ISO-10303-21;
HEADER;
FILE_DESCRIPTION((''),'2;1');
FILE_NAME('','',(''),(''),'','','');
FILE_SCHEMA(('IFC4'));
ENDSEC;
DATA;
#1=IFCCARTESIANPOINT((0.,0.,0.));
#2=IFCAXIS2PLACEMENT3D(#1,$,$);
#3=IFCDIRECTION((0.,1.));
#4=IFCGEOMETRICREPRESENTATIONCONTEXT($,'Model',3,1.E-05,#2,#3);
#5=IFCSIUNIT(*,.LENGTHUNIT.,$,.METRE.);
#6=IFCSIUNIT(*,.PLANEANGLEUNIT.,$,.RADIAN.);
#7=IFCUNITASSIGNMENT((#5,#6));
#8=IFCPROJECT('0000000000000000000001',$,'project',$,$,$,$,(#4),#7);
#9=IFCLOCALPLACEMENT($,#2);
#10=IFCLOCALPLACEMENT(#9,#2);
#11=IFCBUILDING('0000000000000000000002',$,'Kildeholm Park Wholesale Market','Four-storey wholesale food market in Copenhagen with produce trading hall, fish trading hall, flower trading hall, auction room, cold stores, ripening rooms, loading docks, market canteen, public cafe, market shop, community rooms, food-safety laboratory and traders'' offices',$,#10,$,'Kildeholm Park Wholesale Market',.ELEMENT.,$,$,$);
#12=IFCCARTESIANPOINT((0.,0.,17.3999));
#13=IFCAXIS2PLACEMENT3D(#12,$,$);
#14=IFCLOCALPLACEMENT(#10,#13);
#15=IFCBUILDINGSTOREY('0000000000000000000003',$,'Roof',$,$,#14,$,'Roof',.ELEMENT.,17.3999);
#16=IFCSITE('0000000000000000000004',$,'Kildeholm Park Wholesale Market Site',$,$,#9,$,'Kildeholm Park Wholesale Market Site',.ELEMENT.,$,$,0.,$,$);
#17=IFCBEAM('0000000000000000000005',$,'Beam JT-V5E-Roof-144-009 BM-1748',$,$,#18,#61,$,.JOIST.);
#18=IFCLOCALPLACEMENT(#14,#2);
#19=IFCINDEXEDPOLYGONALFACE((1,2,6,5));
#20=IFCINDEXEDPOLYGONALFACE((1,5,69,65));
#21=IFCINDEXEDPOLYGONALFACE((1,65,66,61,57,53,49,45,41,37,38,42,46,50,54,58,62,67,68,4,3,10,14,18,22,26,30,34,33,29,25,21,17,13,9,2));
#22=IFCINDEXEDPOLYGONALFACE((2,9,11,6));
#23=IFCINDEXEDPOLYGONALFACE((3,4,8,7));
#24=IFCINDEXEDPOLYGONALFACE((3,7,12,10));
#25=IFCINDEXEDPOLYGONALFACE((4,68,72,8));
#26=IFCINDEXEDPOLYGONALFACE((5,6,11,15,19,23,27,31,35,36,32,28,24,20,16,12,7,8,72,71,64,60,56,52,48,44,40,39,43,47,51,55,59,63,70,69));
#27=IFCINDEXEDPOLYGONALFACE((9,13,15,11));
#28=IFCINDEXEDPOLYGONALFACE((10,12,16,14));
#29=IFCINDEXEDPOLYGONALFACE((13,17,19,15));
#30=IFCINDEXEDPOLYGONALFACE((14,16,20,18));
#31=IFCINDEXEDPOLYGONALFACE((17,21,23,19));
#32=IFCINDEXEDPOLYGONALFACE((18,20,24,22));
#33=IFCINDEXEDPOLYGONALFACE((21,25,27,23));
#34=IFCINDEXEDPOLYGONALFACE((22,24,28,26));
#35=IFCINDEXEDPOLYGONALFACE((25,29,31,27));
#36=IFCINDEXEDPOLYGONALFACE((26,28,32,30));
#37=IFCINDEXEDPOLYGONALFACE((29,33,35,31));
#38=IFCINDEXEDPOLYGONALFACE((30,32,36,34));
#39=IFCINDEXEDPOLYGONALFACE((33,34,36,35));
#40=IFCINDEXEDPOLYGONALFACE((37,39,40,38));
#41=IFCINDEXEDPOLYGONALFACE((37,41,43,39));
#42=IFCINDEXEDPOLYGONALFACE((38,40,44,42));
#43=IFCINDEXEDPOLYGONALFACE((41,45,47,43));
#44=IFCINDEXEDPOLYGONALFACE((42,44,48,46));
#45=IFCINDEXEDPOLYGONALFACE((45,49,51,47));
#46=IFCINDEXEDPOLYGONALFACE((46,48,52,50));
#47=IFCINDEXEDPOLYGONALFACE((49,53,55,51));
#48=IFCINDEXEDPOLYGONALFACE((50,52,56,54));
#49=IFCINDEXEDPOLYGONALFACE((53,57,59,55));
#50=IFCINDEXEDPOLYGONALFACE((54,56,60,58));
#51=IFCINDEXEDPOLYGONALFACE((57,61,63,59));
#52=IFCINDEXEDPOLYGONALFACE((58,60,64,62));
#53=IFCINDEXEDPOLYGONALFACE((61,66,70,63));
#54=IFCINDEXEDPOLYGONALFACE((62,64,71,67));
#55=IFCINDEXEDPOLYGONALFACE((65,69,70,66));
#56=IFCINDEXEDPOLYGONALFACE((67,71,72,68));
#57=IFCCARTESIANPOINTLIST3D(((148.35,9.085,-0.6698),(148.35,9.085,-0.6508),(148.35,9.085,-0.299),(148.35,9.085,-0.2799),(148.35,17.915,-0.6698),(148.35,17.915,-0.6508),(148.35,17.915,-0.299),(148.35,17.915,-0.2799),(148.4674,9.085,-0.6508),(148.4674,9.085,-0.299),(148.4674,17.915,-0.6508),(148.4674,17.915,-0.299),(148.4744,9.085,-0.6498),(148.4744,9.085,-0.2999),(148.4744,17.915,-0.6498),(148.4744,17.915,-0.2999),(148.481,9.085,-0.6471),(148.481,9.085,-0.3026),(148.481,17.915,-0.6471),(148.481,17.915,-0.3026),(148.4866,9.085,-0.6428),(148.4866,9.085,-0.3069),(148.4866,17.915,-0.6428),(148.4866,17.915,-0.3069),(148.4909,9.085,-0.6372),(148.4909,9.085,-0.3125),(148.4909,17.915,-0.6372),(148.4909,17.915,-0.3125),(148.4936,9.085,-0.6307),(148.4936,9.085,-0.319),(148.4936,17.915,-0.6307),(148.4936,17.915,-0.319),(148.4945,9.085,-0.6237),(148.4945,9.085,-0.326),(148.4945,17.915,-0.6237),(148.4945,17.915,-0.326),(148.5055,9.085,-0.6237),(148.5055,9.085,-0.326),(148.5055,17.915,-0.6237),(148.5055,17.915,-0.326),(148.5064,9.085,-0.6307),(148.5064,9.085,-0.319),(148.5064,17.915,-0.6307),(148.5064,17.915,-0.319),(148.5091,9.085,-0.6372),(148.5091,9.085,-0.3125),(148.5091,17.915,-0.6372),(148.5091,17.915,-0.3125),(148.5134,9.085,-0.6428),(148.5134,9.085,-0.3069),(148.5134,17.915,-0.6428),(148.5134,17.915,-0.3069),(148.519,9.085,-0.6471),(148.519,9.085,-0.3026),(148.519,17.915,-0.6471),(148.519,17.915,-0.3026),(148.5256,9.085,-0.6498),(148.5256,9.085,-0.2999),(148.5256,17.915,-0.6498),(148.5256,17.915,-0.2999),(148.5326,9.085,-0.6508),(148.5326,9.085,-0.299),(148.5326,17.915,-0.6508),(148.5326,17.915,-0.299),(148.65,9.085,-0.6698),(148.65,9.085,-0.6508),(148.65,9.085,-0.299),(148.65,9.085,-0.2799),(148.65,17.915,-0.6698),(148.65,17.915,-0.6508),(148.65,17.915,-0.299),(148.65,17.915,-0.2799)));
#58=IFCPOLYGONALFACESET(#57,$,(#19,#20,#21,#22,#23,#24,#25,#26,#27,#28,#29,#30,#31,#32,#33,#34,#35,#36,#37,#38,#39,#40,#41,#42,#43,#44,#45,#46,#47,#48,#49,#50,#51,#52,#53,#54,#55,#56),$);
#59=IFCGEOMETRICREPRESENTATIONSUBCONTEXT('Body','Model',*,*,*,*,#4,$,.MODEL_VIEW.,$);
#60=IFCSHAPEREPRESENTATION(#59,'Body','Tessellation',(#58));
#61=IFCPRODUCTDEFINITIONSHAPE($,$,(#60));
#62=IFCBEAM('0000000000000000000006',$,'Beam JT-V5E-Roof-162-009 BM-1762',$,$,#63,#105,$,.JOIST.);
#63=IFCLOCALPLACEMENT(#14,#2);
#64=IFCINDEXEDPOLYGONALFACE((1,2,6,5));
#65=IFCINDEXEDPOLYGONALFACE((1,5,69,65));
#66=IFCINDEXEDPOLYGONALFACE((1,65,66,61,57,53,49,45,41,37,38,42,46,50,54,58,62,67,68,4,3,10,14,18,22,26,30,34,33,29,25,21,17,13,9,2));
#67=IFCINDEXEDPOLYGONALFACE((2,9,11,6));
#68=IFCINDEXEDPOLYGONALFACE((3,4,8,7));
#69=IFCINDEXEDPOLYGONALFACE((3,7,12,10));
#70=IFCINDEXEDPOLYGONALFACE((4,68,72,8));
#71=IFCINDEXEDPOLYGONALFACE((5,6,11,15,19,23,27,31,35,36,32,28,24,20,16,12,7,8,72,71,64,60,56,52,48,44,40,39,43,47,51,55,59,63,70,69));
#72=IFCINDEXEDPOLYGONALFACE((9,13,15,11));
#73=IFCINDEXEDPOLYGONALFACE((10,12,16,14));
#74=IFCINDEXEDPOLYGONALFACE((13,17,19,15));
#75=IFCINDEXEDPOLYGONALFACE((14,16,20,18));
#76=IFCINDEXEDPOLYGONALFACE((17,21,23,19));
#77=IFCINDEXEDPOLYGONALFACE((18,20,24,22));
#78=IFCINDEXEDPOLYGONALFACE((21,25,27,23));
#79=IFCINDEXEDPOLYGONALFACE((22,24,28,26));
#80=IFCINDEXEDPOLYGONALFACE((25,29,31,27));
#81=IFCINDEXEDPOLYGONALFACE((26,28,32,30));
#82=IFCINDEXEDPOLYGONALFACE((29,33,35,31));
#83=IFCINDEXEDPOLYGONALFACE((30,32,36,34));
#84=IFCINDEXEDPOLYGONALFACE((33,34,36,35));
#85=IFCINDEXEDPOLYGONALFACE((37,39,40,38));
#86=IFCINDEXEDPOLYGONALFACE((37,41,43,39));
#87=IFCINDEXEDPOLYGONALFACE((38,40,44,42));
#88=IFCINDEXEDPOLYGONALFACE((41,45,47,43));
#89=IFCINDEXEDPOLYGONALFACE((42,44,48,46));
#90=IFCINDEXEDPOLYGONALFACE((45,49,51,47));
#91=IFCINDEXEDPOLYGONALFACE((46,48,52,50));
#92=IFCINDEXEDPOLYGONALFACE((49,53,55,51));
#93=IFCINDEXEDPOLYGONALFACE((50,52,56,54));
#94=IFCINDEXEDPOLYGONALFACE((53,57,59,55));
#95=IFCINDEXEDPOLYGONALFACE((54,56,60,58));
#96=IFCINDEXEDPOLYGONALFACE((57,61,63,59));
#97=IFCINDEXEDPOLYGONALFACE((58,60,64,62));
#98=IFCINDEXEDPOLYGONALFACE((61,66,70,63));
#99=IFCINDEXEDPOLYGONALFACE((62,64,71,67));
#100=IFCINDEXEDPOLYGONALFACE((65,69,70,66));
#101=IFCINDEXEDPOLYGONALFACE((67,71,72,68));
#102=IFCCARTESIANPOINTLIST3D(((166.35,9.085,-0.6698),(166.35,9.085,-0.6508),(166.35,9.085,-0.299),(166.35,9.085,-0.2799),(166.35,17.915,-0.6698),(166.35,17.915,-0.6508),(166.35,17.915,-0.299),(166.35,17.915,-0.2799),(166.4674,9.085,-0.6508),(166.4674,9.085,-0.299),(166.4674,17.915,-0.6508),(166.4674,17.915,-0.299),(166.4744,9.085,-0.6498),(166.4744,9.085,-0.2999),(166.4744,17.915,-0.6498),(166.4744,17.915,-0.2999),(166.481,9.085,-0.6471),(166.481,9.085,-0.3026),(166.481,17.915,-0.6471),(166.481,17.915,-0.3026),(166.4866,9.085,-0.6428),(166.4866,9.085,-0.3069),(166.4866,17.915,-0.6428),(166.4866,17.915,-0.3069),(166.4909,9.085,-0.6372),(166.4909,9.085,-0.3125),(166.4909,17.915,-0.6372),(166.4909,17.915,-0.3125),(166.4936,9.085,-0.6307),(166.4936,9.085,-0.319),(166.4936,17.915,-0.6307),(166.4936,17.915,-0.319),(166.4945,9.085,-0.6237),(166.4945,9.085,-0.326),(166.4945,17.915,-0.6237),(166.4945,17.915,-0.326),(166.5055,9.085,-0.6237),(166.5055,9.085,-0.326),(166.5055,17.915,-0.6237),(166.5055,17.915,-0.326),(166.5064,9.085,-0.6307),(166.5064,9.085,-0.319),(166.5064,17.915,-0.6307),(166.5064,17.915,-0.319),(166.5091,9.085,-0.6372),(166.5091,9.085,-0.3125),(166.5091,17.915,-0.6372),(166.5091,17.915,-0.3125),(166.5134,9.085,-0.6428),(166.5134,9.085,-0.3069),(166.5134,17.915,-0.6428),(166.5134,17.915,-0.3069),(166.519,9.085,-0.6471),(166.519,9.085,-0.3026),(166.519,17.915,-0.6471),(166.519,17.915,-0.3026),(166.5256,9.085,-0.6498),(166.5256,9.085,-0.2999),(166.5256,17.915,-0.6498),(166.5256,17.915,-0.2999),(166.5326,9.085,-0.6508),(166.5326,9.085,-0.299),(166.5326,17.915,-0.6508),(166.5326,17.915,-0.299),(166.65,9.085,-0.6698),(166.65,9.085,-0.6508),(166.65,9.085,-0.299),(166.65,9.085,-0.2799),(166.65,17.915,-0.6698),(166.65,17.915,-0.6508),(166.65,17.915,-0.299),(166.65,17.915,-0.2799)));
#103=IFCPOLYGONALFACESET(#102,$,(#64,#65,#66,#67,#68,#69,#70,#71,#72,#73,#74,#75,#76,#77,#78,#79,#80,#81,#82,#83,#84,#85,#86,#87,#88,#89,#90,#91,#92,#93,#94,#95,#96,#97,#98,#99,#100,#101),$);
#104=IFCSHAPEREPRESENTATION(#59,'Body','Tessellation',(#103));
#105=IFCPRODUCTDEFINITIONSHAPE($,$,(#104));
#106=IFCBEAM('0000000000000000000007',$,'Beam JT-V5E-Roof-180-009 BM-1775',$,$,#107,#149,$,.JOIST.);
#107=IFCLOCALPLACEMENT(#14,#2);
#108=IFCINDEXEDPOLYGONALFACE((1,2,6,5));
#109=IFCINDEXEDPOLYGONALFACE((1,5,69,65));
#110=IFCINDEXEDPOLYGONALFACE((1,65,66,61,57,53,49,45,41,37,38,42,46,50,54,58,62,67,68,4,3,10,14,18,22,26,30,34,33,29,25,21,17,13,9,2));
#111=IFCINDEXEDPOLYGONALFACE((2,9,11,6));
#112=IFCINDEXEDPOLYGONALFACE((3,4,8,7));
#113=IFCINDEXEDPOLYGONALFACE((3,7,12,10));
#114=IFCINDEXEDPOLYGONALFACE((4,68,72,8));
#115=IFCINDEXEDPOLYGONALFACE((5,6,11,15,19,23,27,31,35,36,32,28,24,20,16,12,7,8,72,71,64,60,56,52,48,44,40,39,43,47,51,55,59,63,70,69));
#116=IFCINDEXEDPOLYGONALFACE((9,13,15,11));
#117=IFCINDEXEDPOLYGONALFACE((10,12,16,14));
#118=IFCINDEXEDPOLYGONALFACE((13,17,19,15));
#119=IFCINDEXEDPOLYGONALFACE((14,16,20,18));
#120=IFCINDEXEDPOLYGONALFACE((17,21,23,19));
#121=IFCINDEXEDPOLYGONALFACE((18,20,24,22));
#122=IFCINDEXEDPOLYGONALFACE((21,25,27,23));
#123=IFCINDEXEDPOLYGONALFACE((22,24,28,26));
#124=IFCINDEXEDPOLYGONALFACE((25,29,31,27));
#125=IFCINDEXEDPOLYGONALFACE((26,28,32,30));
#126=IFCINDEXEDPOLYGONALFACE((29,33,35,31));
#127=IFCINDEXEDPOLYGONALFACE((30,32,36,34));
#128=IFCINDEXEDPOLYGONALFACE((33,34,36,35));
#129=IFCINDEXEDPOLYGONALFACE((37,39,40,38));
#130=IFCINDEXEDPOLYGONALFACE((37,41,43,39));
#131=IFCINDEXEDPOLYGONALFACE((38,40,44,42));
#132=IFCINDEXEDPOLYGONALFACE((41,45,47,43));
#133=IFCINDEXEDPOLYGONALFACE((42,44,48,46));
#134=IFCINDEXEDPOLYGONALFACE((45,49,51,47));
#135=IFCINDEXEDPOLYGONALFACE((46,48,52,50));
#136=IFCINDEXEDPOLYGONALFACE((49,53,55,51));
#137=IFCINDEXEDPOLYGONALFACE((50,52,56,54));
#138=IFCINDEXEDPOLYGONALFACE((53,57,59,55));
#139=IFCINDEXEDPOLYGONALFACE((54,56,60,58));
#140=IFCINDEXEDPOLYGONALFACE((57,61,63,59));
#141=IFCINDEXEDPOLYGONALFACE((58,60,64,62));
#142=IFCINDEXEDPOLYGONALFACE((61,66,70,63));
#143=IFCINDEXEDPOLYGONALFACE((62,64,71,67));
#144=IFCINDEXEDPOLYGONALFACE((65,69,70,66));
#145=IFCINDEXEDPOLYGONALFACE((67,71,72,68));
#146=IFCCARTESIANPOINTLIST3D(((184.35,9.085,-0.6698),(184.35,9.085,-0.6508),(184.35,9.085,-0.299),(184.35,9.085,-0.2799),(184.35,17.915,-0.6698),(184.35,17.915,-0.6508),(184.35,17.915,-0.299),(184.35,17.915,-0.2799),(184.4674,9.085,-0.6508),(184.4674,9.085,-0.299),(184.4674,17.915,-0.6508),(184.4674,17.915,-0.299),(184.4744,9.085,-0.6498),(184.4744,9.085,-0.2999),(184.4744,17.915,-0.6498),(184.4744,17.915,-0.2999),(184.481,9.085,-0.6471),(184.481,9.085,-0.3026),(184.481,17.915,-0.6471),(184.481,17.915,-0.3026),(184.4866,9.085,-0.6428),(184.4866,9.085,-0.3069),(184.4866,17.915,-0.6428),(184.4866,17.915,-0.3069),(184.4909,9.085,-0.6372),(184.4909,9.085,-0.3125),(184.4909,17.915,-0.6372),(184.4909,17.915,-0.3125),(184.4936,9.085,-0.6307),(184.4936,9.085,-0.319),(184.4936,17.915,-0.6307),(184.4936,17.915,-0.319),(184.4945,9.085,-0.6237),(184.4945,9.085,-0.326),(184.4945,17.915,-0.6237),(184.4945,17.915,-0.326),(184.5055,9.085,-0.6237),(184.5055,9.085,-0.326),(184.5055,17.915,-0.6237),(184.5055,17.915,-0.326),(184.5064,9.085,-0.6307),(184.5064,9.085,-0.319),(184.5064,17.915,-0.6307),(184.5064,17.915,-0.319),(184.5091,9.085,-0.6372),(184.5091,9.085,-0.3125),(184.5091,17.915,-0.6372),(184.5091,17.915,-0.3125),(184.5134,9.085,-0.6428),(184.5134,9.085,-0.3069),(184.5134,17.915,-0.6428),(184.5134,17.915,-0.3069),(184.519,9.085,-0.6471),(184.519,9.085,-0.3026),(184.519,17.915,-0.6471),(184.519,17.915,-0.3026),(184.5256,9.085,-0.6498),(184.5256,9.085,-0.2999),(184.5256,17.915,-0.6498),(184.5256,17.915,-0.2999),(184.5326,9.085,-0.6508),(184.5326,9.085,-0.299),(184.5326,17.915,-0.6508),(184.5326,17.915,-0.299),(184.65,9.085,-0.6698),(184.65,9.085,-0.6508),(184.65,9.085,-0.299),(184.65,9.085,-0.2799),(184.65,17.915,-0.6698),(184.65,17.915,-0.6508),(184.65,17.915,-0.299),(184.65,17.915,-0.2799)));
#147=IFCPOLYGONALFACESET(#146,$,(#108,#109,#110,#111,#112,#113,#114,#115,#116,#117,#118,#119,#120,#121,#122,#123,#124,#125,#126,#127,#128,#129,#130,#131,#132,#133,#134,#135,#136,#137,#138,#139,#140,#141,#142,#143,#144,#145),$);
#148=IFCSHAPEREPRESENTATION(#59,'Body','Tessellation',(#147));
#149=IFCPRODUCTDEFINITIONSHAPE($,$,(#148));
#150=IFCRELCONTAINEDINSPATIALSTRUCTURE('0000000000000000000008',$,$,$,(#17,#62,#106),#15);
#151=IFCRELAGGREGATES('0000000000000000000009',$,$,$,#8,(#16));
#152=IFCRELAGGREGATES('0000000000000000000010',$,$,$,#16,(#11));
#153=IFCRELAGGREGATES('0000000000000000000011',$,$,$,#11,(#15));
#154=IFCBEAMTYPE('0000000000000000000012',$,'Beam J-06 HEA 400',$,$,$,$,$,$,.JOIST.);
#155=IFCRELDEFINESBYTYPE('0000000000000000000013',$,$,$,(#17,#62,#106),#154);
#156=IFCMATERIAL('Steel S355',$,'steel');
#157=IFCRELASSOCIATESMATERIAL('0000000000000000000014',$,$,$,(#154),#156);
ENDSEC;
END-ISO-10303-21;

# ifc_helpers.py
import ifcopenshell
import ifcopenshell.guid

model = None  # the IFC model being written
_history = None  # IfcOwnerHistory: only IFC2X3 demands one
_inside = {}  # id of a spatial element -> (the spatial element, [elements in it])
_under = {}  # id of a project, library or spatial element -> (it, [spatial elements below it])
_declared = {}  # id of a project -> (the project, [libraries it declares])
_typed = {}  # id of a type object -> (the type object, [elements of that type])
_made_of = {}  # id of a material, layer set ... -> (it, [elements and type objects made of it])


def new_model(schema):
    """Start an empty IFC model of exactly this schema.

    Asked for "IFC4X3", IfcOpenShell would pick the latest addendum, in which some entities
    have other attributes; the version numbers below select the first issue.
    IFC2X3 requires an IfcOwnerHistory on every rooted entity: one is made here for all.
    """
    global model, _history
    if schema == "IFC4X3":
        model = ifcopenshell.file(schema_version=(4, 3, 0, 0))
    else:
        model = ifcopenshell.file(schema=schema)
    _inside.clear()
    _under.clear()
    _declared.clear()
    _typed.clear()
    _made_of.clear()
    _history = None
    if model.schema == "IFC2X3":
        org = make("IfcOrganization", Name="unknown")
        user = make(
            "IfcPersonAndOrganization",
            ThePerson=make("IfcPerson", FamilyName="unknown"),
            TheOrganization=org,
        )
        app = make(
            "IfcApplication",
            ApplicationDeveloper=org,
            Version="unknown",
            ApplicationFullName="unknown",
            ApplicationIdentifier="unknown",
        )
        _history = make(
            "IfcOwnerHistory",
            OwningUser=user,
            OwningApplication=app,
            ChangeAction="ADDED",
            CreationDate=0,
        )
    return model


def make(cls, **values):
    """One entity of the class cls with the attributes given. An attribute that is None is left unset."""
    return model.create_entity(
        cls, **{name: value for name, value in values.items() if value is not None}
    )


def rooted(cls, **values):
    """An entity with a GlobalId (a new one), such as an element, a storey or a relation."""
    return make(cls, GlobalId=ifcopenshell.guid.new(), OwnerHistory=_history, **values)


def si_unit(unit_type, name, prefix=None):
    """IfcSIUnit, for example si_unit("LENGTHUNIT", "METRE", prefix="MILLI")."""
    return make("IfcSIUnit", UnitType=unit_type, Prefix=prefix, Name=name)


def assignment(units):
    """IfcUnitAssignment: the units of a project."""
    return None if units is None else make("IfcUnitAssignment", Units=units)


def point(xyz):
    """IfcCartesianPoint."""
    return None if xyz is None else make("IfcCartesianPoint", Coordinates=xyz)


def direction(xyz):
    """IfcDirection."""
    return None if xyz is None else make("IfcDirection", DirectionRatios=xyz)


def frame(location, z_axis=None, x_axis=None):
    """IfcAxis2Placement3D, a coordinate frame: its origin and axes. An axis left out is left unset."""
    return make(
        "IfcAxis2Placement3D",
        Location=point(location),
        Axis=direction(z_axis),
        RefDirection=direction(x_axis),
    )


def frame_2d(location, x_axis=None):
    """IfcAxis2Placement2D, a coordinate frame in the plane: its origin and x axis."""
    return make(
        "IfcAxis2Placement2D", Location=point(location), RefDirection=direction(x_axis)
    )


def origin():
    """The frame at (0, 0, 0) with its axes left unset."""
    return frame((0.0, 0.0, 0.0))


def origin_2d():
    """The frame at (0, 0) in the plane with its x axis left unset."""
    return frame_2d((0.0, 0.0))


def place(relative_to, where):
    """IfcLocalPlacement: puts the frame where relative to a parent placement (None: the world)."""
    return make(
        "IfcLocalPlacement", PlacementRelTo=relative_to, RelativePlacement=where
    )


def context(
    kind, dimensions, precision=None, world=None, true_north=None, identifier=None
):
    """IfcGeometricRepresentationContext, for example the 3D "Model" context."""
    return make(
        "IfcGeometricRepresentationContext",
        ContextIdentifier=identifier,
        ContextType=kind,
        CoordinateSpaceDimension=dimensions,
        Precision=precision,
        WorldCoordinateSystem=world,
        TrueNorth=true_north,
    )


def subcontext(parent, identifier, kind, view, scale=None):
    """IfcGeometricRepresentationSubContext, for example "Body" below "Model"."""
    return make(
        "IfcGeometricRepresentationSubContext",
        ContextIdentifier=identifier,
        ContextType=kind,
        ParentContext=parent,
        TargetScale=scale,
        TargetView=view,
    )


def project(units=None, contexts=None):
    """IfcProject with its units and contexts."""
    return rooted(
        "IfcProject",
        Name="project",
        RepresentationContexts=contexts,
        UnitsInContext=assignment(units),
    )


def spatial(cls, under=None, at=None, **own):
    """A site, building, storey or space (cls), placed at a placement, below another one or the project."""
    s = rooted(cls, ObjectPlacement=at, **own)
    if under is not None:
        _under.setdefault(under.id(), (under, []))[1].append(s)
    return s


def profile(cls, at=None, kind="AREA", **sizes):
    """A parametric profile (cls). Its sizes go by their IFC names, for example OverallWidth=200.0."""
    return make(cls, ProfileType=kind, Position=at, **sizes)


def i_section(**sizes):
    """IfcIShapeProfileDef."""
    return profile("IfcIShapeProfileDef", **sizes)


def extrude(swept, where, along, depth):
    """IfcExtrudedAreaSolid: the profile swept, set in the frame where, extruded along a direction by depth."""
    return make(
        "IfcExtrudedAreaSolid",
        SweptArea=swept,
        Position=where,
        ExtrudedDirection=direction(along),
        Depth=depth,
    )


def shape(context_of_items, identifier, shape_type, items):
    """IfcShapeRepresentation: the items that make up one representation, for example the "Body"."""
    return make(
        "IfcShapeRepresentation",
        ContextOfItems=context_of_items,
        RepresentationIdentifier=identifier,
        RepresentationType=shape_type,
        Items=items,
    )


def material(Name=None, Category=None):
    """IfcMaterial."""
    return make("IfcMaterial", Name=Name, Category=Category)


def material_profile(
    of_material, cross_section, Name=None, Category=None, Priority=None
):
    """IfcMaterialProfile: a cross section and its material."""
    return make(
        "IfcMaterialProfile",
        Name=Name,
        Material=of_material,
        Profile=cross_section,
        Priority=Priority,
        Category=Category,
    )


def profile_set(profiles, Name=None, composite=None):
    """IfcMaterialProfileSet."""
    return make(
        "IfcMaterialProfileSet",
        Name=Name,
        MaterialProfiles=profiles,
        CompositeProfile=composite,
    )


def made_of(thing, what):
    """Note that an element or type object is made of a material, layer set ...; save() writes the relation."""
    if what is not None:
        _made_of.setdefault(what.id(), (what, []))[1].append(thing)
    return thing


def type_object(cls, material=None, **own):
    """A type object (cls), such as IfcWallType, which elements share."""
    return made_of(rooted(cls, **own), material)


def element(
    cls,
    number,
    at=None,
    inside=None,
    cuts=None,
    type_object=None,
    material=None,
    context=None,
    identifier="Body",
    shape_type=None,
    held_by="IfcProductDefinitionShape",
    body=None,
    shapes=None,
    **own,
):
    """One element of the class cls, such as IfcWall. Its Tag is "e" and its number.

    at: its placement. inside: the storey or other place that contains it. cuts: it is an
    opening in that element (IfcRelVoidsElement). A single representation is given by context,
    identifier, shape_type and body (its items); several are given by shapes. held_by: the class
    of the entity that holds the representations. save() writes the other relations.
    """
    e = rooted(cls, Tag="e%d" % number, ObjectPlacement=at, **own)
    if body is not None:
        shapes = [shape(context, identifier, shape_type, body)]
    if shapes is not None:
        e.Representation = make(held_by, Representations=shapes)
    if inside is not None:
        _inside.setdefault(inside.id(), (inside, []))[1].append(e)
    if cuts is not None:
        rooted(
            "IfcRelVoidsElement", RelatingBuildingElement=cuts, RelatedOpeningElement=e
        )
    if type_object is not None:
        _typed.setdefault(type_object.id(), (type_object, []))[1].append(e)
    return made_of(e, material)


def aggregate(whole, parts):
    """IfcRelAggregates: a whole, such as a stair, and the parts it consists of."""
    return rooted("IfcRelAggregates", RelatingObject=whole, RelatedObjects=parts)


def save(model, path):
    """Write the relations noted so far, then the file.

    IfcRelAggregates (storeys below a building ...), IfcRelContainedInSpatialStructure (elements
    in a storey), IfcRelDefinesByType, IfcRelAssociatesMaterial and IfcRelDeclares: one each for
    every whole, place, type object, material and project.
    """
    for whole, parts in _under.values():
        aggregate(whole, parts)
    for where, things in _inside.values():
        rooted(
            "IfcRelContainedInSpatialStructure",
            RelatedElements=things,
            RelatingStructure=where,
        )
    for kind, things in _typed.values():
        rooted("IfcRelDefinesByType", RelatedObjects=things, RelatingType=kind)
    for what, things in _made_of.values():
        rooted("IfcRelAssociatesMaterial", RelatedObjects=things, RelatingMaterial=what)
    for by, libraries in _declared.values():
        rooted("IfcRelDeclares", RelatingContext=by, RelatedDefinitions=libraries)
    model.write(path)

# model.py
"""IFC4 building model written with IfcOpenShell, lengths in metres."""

from ifc_helpers import new_model, si_unit, direction, frame, origin, origin_2d, place, context, subcontext, project, spatial, i_section, extrude, material, material_profile, profile_set, type_object, element, save


model = new_model("IFC4")

# Units and contexts
model_context = context("Model", 3, precision=1e-05, world=origin(), true_north=direction((0.0, 1.0)))
body_context = subcontext(model_context, "Body", "Model", "MODEL_VIEW")
ifc_project = project(units=[si_unit("LENGTHUNIT", "METRE"), si_unit("PLANEANGLEUNIT", "RADIAN")], contexts=[model_context])

# Site, building, storey
site_placement = place(None, origin())
site = spatial("IfcSite", under=ifc_project, at=site_placement, Name="Kildeholm Park Wholesale Market Site", LongName="Kildeholm Park Wholesale Market Site", CompositionType="ELEMENT", RefElevation=0.0)
building_placement = place(site_placement, origin())
building = spatial("IfcBuilding", under=site, at=building_placement, Name="Kildeholm Park Wholesale Market", Description="Four-storey wholesale food market in Copenhagen with produce trading hall, fish trading hall, flower trading hall, auction room, cold stores, ripening rooms, loading docks, market canteen, public cafe, market shop, community rooms, food-safety laboratory and traders' offices", LongName="Kildeholm Park Wholesale Market", CompositionType="ELEMENT")
storey_placement = place(building_placement, frame((0.0, 0.0, 17.3999)))
storey = spatial("IfcBuildingStorey", under=building, at=storey_placement, Name="Roof", LongName="Roof", CompositionType="ELEMENT", Elevation=17.3999)

# Beams
ifc_material_1 = material(Name="Steel S355", Category="steel")
ifc_material_profile_1 = material_profile(ifc_material_1, i_section(OverallWidth=0.3, OverallDepth=0.3899, WebThickness=0.011, FlangeThickness=0.019, FilletRadius=0.0271, at=origin_2d()), Name="HEA 400")
ifc_profile_set_1 = profile_set([ifc_material_profile_1], Name="Steel S355")
beam_type_1 = type_object("IfcBeamType", Name="Beam J-06 HEA 400", PredefinedType="JOIST", material=ifc_profile_set_1)
for number, where, z_axis, x_axis, name in (
    (1, (148.5, 9.085, -0.4749), (0.0, 1.0, 0.0), (-1.0, 0.0, 0.0), "Beam JT-V5E-Roof-144-009 BM-1748"),
    (2, (166.5, 9.085, -0.4749), (0.0, 1.0, 0.0), (-1.0, 0.0, 0.0), "Beam JT-V5E-Roof-162-009 BM-1762"),
    (3, (184.5, 9.085, -0.4749), (0.0, 1.0, 0.0), (-1.0, 0.0, 0.0), "Beam JT-V5E-Roof-180-009 BM-1775"),
):
    element("IfcBeam", number, at=place(storey_placement, frame(where, z_axis=z_axis, x_axis=x_axis)), inside=storey, type_object=beam_type_1, Name=name, PredefinedType="JOIST", context=body_context, shape_type="SweptSolid", body=[
        extrude(i_section(OverallWidth=0.3, OverallDepth=0.3899, WebThickness=0.011, FlangeThickness=0.019, FilletRadius=0.0271, at=origin_2d()), origin(), (0.0, 0.0, 1.0), 8.8301),
    ])

save(model, "model.ifc")
